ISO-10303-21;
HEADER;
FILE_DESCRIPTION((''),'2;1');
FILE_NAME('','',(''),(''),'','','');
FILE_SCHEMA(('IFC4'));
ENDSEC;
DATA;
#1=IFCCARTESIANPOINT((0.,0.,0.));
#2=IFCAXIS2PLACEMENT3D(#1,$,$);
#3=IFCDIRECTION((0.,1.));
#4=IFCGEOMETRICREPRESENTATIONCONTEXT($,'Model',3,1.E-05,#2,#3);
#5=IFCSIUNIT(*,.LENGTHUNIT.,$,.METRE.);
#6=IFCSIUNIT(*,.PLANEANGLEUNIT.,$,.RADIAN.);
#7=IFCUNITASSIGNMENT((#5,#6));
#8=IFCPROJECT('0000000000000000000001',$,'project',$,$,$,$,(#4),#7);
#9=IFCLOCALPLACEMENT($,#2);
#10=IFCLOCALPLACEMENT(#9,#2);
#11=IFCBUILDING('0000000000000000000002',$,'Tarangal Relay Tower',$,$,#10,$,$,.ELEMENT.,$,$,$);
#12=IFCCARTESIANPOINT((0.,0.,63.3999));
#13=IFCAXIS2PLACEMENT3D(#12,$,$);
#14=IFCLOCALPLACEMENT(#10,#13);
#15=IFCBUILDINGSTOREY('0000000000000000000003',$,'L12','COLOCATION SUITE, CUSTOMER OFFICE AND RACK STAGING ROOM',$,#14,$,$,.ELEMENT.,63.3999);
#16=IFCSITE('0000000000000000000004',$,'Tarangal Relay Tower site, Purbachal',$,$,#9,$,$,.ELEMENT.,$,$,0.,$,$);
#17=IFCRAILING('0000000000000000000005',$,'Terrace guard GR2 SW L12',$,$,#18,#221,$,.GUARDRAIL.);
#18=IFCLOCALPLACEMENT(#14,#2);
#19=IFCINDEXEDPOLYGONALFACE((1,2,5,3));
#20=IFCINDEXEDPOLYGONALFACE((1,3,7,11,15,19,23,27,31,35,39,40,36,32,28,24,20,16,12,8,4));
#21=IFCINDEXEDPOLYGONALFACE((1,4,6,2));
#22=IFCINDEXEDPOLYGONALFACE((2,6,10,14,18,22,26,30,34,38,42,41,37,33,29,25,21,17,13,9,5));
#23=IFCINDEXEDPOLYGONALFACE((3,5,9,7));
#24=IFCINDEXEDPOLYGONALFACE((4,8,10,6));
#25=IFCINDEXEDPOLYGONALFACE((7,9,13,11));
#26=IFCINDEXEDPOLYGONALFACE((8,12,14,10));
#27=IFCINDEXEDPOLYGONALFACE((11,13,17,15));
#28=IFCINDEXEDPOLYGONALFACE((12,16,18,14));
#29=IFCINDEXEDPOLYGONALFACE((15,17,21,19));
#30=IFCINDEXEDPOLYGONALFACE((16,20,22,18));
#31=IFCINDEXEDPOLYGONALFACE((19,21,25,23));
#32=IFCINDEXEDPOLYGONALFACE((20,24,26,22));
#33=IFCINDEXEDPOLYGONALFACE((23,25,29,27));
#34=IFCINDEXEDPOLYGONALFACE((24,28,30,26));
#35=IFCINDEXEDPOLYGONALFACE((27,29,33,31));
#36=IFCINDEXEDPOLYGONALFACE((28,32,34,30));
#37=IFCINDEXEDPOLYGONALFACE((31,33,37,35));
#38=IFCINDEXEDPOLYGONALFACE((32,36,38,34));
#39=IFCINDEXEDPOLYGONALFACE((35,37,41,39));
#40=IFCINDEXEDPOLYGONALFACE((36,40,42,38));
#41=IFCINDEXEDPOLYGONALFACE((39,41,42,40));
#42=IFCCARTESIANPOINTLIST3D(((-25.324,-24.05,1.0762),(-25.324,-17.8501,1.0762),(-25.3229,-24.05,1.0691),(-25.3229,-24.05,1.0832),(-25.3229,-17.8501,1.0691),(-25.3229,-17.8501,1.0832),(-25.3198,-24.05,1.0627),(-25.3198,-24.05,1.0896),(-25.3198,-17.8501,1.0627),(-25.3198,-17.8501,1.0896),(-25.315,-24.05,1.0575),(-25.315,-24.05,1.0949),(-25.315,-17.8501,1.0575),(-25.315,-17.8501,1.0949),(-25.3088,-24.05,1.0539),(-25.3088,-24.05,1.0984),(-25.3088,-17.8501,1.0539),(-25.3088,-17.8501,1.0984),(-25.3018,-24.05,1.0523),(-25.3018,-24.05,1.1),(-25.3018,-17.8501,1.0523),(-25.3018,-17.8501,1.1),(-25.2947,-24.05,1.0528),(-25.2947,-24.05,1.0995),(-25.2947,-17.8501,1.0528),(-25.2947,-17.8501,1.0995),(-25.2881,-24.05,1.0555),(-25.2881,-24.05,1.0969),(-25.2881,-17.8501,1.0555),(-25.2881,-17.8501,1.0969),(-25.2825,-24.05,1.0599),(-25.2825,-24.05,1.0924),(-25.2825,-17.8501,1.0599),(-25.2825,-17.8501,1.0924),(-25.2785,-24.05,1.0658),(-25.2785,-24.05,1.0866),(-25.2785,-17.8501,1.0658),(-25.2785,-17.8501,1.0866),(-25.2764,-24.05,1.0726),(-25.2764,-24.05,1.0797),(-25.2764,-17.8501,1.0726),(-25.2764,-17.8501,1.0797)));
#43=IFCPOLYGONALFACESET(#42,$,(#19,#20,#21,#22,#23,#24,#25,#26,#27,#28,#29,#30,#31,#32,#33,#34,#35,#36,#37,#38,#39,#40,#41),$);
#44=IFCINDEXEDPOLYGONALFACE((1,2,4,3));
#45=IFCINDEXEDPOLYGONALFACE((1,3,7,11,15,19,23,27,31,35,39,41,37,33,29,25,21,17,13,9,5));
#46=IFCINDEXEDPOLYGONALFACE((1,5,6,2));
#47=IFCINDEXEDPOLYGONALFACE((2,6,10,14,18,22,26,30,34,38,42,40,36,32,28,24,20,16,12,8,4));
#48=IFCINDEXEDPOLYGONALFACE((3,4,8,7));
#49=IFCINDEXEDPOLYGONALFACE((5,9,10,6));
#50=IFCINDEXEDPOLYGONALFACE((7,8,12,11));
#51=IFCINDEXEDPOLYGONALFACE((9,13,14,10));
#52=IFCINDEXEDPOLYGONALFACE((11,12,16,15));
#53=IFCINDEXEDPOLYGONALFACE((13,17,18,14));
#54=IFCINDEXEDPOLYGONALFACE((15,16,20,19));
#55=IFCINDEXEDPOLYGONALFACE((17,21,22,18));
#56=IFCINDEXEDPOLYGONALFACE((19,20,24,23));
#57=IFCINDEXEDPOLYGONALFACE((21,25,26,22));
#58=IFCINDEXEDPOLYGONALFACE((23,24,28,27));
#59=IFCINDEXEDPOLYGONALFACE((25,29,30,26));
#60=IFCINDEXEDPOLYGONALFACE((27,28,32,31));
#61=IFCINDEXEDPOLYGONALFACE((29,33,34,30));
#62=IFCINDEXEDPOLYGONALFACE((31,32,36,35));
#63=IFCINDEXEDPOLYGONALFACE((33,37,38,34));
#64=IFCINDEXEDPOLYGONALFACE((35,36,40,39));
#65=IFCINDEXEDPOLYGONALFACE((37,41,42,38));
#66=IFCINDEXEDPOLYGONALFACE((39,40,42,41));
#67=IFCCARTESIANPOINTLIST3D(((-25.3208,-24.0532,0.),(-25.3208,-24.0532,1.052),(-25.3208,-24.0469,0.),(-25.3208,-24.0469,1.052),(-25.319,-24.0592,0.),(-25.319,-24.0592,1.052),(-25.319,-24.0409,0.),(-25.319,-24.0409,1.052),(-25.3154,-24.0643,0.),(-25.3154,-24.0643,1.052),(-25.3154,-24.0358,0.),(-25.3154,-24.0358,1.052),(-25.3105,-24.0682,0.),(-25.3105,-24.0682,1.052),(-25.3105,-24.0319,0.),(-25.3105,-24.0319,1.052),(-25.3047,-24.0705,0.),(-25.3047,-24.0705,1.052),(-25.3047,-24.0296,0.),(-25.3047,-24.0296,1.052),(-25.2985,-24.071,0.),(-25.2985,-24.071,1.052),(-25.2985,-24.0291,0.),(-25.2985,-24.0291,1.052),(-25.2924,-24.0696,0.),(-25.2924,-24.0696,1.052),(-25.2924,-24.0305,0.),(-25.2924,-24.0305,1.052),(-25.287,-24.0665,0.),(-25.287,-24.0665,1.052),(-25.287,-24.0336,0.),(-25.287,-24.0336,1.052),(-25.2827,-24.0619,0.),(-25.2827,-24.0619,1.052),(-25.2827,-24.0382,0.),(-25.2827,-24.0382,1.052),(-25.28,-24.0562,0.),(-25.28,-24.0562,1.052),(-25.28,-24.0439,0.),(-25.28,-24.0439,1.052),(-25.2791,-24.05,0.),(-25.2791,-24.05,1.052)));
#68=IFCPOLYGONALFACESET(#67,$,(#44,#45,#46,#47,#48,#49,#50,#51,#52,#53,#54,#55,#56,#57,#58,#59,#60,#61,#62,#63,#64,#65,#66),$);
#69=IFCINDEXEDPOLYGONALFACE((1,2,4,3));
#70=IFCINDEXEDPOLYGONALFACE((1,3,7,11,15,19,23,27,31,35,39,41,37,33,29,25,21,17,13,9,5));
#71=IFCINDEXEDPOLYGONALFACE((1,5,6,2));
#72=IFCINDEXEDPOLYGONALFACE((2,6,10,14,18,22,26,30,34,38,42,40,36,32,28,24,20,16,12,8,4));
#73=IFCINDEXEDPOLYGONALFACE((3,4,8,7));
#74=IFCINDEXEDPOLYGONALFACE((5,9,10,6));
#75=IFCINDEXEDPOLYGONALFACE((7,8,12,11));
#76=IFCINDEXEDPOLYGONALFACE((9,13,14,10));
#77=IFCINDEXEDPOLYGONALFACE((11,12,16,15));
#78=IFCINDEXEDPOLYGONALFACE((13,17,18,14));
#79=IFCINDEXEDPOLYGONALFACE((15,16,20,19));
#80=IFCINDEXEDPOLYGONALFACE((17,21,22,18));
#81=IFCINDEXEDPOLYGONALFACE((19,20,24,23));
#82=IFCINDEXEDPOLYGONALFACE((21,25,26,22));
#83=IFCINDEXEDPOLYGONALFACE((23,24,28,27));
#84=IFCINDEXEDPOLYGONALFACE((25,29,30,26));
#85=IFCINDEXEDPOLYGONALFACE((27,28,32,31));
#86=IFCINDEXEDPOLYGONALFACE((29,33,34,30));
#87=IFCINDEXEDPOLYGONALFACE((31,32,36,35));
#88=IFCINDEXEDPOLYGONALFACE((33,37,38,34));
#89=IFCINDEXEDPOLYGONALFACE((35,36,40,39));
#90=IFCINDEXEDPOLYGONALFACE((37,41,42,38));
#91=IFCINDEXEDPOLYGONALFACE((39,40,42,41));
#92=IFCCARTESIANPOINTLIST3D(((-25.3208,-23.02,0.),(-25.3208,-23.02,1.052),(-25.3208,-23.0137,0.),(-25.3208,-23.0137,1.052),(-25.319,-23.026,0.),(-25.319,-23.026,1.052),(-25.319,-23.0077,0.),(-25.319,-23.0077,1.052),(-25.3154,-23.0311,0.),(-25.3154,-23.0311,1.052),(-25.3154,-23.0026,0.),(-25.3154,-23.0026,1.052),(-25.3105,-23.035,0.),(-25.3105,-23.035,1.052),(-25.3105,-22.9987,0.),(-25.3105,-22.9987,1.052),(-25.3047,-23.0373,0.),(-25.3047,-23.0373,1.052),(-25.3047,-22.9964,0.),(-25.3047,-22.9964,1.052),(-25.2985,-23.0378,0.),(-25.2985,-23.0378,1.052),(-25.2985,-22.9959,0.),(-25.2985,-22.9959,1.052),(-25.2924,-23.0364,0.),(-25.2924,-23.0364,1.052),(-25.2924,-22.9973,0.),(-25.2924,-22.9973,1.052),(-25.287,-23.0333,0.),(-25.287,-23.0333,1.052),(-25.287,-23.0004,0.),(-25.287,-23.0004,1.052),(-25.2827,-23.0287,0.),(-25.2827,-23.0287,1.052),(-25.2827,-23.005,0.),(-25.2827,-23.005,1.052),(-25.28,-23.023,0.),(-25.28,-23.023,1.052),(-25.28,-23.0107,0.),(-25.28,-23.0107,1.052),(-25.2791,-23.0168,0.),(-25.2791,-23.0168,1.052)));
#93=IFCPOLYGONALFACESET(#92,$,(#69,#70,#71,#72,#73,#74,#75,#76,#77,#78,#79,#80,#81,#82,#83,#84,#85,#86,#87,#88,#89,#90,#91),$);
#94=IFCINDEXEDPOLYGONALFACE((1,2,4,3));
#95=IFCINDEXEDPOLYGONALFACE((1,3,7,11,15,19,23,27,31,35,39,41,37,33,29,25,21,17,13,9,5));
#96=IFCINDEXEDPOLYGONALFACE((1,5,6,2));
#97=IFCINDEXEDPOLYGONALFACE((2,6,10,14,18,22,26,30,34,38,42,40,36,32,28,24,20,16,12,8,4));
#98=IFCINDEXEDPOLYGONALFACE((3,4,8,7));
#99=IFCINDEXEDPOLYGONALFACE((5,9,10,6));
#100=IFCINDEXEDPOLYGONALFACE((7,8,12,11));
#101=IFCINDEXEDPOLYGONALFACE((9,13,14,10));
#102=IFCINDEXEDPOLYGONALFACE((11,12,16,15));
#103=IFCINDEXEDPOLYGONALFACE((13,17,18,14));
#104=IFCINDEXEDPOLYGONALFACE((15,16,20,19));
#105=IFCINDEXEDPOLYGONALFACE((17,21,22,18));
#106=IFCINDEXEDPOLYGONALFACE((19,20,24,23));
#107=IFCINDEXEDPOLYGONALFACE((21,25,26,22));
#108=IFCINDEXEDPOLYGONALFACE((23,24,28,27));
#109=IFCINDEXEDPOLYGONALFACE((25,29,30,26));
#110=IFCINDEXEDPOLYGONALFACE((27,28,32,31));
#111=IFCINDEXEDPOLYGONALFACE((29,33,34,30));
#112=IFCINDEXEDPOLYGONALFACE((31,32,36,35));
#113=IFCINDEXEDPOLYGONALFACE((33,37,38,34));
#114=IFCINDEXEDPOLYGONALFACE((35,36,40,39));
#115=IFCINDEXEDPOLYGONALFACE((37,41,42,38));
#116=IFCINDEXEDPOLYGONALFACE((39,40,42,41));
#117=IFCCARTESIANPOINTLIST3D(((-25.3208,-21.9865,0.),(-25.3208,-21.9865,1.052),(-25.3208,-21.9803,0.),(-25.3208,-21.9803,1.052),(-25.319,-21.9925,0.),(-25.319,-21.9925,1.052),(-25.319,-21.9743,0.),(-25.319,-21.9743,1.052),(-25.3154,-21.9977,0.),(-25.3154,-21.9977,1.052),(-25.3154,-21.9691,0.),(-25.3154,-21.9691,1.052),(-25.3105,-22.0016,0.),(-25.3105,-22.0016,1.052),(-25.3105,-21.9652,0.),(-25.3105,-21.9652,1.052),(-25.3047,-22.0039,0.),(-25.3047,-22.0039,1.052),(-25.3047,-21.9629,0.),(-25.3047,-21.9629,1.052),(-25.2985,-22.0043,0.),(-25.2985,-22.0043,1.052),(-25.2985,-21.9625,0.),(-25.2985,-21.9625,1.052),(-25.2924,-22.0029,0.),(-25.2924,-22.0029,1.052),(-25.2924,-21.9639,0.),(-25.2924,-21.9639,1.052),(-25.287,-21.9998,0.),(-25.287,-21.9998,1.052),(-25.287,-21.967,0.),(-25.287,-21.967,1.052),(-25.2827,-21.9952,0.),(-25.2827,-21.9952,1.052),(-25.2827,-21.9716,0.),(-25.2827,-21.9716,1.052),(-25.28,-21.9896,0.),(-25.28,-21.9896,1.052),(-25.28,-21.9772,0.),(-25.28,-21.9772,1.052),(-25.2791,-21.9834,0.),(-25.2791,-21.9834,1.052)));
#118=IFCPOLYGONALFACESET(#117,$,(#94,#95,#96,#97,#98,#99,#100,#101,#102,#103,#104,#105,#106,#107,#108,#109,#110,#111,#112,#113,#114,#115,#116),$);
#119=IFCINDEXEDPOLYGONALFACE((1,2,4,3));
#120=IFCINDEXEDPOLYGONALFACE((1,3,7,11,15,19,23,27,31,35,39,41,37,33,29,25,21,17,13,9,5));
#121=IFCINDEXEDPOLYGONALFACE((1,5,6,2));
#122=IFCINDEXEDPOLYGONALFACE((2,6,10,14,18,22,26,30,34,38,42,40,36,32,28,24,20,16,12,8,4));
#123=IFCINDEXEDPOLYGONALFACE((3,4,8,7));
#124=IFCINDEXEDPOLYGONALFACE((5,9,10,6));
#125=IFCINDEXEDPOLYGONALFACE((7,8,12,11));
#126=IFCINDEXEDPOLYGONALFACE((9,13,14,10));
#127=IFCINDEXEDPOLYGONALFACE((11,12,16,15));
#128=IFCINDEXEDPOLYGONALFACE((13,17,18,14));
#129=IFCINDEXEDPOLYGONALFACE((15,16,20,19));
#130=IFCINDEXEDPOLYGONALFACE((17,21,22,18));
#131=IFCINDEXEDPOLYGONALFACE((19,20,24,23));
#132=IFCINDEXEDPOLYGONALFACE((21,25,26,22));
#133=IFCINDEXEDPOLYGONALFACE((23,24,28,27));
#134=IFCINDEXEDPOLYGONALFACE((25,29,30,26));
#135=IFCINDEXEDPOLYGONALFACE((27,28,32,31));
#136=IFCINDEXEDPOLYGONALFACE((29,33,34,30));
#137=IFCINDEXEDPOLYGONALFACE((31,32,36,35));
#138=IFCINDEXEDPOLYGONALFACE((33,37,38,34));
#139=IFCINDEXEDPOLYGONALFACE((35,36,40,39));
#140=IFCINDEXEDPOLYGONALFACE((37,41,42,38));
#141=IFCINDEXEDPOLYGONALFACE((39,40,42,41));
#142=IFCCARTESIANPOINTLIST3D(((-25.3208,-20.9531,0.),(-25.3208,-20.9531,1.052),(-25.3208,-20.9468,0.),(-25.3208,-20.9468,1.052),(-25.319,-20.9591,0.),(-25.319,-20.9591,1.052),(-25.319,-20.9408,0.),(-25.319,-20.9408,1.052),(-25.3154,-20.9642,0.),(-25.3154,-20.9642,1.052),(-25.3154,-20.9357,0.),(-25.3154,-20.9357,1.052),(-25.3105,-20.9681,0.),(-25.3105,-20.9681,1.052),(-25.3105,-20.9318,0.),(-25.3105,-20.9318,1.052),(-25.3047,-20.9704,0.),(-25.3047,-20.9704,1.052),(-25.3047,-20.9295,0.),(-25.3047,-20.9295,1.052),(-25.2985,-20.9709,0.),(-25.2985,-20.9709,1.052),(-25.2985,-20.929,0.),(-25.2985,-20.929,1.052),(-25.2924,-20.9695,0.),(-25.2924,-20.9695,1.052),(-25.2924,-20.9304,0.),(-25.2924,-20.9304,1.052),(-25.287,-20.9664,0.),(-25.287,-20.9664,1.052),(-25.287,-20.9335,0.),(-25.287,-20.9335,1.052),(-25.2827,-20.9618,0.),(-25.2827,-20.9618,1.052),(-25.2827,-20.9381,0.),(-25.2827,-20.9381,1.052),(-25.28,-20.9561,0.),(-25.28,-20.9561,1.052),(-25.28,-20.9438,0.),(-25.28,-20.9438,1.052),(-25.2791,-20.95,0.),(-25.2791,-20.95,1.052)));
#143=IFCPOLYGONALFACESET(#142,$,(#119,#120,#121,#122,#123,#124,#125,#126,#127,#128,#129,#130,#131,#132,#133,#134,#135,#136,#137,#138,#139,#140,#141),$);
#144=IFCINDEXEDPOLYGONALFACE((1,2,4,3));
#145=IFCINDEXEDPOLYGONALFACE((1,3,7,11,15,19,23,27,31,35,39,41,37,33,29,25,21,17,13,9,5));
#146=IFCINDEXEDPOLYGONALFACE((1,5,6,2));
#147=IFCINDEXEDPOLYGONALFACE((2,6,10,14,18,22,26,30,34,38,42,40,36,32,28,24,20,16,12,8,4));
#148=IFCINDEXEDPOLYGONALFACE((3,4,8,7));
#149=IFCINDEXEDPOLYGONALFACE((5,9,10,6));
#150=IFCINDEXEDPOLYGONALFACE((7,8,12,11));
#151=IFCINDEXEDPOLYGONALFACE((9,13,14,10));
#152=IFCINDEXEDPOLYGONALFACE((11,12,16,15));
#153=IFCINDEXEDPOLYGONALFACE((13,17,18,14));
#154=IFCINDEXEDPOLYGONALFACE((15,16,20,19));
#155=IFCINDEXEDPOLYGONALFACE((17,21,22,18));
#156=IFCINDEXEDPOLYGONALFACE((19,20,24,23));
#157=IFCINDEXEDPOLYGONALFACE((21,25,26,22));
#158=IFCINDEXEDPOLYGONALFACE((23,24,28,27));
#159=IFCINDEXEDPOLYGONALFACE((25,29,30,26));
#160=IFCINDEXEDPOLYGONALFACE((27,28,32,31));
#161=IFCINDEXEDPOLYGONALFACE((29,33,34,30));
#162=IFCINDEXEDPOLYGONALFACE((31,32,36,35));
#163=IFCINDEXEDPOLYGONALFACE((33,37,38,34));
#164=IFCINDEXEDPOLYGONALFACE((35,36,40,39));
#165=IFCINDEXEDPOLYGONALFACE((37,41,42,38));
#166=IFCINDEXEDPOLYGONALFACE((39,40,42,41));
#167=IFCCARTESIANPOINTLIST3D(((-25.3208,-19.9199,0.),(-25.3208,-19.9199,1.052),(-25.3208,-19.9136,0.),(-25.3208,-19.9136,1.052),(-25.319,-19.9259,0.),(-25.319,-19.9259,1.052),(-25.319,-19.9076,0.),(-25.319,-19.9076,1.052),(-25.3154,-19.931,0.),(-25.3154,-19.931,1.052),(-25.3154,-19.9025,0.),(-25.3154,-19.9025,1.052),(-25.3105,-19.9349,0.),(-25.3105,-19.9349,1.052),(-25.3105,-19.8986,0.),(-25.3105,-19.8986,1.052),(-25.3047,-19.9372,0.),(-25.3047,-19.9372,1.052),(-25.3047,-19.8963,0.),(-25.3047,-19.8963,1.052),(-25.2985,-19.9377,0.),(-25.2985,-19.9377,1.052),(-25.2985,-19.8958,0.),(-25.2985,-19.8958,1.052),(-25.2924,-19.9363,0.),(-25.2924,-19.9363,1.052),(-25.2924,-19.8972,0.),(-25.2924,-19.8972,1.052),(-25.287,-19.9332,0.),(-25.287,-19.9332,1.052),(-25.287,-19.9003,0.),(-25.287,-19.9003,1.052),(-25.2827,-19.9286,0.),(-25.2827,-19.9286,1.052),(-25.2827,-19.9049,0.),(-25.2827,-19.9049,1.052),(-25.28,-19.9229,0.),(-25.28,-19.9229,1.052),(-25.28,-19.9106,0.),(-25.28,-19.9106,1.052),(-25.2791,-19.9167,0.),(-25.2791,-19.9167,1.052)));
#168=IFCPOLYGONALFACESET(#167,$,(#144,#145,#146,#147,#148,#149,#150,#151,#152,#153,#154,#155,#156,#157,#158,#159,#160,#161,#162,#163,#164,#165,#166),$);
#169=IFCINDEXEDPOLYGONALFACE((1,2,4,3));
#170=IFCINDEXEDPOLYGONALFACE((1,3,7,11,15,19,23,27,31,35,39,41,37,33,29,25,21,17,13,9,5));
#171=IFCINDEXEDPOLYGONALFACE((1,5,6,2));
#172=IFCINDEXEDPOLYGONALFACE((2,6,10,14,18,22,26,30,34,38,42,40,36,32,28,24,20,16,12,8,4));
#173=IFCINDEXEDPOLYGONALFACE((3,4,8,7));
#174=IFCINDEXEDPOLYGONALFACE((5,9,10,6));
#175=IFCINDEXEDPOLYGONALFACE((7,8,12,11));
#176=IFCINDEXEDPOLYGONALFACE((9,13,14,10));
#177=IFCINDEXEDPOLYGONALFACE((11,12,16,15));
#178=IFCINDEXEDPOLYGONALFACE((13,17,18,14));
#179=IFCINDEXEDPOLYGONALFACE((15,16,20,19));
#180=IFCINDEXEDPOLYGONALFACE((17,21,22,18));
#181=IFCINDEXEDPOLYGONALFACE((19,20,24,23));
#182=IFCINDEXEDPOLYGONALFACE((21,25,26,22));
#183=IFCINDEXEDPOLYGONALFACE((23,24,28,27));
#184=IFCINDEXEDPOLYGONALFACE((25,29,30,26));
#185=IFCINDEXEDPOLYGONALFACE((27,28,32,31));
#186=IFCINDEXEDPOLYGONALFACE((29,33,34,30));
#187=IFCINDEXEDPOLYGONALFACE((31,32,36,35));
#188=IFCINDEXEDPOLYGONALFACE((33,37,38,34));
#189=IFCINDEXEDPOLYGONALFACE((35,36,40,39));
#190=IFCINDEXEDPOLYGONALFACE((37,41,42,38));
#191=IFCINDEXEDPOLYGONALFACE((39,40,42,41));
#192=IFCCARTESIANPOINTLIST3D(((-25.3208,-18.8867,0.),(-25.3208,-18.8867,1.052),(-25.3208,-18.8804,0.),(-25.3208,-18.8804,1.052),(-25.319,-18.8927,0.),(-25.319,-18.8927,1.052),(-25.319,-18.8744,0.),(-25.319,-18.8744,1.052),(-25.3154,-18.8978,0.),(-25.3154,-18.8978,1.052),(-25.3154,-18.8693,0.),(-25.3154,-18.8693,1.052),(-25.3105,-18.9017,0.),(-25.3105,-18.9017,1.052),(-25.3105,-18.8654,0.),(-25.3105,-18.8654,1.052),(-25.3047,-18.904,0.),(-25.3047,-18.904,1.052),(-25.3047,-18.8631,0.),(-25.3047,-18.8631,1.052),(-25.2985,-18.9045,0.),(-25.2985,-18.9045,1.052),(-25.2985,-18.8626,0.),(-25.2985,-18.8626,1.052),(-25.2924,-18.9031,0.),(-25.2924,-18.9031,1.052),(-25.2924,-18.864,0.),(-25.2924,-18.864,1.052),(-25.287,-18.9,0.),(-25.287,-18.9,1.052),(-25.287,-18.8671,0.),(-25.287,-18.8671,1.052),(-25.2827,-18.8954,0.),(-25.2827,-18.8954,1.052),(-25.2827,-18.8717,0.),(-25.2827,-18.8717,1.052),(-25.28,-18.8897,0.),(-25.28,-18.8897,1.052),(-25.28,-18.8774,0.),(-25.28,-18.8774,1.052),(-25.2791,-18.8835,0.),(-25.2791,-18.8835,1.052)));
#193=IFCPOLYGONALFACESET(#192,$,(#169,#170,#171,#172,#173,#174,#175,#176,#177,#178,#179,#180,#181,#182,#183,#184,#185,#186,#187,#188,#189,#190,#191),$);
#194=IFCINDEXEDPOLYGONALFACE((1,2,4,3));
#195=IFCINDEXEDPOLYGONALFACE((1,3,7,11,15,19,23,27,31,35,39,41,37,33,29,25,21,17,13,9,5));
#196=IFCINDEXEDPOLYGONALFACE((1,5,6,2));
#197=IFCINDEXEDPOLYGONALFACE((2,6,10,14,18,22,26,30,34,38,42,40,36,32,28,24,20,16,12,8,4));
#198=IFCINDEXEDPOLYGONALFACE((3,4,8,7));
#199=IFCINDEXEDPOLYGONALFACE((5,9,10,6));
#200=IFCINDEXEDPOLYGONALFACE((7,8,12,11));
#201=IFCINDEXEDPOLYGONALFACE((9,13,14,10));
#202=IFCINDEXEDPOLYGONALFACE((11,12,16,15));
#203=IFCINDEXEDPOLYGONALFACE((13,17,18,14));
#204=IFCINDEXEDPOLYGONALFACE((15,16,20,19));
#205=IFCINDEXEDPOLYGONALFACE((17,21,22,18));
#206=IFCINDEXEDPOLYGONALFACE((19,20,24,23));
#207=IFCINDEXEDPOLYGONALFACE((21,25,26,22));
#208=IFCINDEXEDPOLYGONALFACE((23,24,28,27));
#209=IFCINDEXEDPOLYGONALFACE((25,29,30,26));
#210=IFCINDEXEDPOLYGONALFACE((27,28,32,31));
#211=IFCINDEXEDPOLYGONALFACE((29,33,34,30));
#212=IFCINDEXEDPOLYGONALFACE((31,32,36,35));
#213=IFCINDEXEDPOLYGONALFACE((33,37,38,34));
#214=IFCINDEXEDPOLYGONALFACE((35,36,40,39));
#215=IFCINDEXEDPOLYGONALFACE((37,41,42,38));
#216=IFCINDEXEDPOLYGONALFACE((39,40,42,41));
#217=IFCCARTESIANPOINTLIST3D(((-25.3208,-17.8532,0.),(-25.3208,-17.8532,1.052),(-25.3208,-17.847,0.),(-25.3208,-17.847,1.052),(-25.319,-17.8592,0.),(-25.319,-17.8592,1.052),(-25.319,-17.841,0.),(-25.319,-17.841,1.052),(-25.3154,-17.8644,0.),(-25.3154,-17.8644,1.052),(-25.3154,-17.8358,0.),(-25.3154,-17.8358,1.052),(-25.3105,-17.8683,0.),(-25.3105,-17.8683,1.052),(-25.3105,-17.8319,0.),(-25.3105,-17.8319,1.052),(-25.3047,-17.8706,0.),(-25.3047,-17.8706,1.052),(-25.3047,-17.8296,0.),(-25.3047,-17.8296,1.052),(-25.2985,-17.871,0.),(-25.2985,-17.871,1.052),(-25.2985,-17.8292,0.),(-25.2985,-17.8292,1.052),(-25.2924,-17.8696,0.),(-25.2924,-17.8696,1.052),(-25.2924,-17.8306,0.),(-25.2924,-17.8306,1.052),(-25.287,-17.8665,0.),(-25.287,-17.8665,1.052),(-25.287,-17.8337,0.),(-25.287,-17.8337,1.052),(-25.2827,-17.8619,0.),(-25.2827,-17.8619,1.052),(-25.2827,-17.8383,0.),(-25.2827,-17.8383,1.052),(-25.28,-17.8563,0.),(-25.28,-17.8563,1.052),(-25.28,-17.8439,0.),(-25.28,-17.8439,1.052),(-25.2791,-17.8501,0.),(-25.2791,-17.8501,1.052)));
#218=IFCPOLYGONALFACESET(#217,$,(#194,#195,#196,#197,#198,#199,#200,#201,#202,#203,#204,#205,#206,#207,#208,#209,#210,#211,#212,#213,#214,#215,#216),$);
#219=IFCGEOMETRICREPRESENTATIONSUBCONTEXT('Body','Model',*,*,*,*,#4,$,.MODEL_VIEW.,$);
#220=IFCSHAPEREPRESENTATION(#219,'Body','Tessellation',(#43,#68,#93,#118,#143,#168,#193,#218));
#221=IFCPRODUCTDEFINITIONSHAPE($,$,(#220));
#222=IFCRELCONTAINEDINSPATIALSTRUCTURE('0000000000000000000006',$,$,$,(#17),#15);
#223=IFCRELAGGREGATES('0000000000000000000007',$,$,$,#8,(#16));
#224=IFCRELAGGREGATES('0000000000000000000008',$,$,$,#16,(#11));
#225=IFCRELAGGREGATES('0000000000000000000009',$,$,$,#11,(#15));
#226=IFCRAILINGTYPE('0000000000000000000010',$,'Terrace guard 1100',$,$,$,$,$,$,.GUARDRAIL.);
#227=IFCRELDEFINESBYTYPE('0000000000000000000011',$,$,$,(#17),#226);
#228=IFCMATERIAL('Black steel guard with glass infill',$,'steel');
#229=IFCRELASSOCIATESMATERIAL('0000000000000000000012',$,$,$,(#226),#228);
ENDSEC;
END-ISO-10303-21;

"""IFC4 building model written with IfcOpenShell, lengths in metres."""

from ifc_helpers import new_model, si_unit, direction, frame, origin, origin_2d, place, context, subcontext, project, spatial, circle, extrude, material, type_object, element, save


model = new_model("IFC4")

# Units and contexts
model_context = context("Model", 3, precision=1e-05, world=origin(), true_north=direction((0.0, 1.0)))
body_context = subcontext(model_context, "Body", "Model", "MODEL_VIEW")
ifc_project = project(units=[si_unit("LENGTHUNIT", "METRE"), si_unit("PLANEANGLEUNIT", "RADIAN")], contexts=[model_context])

# Site, building, storey
site_placement = place(None, origin())
site = spatial("IfcSite", under=ifc_project, at=site_placement, Name="Tarangal Relay Tower site, Purbachal", CompositionType="ELEMENT", RefElevation=0.0)
building_placement = place(site_placement, origin())
building = spatial("IfcBuilding", under=site, at=building_placement, Name="Tarangal Relay Tower", CompositionType="ELEMENT")
storey_placement = place(building_placement, frame((0.0, 0.0, 63.3999)))
storey = spatial("IfcBuildingStorey", under=building, at=storey_placement, Name="L12", Description="COLOCATION SUITE, CUSTOMER OFFICE AND RACK STAGING ROOM", CompositionType="ELEMENT", Elevation=63.3999)

# Railing
ifc_material_1 = material(Name="Black steel guard with glass infill", Category="steel")
railing_type = type_object("IfcRailingType", Name="Terrace guard 1100", PredefinedType="GUARDRAIL", material=ifc_material_1)
railing_1_placement = place(storey_placement, frame((-25.3, -24.05, 0.0)))
element("IfcRailing", 1, at=railing_1_placement, inside=storey, type_object=railing_type, Name="Terrace guard GR2 SW L12", PredefinedType="GUARDRAIL", context=body_context, shape_type="SweptSolid", body=[
    extrude(circle(Radius=0.0239, at=origin_2d()), frame((0.0, 0.0, 1.0762), z_axis=(0.0, 1.0, 0.0), x_axis=(-1.0, 0.0, 0.0)), (0.0, 0.0, 1.0), 6.2),
    extrude(circle(Radius=0.021, at=origin_2d()), origin(), (0.0, 0.0, 1.0), 1.052),
    extrude(circle(Radius=0.021, at=origin_2d()), frame((0.0, 1.0332, 0.0)), (0.0, 0.0, 1.0), 1.052),
    extrude(circle(Radius=0.021, at=origin_2d()), frame((0.0, 2.0667, 0.0)), (0.0, 0.0, 1.0), 1.052),
    extrude(circle(Radius=0.021, at=origin_2d()), frame((0.0, 3.1001, 0.0)), (0.0, 0.0, 1.0), 1.052),
    extrude(circle(Radius=0.021, at=origin_2d()), frame((0.0, 4.1333, 0.0)), (0.0, 0.0, 1.0), 1.052),
    extrude(circle(Radius=0.021, at=origin_2d()), frame((0.0, 5.1665, 0.0)), (0.0, 0.0, 1.0), 1.052),
    extrude(circle(Radius=0.021, at=origin_2d()), frame((0.0, 6.2, 0.0)), (0.0, 0.0, 1.0), 1.052),
])

save(model, "model.ifc")
